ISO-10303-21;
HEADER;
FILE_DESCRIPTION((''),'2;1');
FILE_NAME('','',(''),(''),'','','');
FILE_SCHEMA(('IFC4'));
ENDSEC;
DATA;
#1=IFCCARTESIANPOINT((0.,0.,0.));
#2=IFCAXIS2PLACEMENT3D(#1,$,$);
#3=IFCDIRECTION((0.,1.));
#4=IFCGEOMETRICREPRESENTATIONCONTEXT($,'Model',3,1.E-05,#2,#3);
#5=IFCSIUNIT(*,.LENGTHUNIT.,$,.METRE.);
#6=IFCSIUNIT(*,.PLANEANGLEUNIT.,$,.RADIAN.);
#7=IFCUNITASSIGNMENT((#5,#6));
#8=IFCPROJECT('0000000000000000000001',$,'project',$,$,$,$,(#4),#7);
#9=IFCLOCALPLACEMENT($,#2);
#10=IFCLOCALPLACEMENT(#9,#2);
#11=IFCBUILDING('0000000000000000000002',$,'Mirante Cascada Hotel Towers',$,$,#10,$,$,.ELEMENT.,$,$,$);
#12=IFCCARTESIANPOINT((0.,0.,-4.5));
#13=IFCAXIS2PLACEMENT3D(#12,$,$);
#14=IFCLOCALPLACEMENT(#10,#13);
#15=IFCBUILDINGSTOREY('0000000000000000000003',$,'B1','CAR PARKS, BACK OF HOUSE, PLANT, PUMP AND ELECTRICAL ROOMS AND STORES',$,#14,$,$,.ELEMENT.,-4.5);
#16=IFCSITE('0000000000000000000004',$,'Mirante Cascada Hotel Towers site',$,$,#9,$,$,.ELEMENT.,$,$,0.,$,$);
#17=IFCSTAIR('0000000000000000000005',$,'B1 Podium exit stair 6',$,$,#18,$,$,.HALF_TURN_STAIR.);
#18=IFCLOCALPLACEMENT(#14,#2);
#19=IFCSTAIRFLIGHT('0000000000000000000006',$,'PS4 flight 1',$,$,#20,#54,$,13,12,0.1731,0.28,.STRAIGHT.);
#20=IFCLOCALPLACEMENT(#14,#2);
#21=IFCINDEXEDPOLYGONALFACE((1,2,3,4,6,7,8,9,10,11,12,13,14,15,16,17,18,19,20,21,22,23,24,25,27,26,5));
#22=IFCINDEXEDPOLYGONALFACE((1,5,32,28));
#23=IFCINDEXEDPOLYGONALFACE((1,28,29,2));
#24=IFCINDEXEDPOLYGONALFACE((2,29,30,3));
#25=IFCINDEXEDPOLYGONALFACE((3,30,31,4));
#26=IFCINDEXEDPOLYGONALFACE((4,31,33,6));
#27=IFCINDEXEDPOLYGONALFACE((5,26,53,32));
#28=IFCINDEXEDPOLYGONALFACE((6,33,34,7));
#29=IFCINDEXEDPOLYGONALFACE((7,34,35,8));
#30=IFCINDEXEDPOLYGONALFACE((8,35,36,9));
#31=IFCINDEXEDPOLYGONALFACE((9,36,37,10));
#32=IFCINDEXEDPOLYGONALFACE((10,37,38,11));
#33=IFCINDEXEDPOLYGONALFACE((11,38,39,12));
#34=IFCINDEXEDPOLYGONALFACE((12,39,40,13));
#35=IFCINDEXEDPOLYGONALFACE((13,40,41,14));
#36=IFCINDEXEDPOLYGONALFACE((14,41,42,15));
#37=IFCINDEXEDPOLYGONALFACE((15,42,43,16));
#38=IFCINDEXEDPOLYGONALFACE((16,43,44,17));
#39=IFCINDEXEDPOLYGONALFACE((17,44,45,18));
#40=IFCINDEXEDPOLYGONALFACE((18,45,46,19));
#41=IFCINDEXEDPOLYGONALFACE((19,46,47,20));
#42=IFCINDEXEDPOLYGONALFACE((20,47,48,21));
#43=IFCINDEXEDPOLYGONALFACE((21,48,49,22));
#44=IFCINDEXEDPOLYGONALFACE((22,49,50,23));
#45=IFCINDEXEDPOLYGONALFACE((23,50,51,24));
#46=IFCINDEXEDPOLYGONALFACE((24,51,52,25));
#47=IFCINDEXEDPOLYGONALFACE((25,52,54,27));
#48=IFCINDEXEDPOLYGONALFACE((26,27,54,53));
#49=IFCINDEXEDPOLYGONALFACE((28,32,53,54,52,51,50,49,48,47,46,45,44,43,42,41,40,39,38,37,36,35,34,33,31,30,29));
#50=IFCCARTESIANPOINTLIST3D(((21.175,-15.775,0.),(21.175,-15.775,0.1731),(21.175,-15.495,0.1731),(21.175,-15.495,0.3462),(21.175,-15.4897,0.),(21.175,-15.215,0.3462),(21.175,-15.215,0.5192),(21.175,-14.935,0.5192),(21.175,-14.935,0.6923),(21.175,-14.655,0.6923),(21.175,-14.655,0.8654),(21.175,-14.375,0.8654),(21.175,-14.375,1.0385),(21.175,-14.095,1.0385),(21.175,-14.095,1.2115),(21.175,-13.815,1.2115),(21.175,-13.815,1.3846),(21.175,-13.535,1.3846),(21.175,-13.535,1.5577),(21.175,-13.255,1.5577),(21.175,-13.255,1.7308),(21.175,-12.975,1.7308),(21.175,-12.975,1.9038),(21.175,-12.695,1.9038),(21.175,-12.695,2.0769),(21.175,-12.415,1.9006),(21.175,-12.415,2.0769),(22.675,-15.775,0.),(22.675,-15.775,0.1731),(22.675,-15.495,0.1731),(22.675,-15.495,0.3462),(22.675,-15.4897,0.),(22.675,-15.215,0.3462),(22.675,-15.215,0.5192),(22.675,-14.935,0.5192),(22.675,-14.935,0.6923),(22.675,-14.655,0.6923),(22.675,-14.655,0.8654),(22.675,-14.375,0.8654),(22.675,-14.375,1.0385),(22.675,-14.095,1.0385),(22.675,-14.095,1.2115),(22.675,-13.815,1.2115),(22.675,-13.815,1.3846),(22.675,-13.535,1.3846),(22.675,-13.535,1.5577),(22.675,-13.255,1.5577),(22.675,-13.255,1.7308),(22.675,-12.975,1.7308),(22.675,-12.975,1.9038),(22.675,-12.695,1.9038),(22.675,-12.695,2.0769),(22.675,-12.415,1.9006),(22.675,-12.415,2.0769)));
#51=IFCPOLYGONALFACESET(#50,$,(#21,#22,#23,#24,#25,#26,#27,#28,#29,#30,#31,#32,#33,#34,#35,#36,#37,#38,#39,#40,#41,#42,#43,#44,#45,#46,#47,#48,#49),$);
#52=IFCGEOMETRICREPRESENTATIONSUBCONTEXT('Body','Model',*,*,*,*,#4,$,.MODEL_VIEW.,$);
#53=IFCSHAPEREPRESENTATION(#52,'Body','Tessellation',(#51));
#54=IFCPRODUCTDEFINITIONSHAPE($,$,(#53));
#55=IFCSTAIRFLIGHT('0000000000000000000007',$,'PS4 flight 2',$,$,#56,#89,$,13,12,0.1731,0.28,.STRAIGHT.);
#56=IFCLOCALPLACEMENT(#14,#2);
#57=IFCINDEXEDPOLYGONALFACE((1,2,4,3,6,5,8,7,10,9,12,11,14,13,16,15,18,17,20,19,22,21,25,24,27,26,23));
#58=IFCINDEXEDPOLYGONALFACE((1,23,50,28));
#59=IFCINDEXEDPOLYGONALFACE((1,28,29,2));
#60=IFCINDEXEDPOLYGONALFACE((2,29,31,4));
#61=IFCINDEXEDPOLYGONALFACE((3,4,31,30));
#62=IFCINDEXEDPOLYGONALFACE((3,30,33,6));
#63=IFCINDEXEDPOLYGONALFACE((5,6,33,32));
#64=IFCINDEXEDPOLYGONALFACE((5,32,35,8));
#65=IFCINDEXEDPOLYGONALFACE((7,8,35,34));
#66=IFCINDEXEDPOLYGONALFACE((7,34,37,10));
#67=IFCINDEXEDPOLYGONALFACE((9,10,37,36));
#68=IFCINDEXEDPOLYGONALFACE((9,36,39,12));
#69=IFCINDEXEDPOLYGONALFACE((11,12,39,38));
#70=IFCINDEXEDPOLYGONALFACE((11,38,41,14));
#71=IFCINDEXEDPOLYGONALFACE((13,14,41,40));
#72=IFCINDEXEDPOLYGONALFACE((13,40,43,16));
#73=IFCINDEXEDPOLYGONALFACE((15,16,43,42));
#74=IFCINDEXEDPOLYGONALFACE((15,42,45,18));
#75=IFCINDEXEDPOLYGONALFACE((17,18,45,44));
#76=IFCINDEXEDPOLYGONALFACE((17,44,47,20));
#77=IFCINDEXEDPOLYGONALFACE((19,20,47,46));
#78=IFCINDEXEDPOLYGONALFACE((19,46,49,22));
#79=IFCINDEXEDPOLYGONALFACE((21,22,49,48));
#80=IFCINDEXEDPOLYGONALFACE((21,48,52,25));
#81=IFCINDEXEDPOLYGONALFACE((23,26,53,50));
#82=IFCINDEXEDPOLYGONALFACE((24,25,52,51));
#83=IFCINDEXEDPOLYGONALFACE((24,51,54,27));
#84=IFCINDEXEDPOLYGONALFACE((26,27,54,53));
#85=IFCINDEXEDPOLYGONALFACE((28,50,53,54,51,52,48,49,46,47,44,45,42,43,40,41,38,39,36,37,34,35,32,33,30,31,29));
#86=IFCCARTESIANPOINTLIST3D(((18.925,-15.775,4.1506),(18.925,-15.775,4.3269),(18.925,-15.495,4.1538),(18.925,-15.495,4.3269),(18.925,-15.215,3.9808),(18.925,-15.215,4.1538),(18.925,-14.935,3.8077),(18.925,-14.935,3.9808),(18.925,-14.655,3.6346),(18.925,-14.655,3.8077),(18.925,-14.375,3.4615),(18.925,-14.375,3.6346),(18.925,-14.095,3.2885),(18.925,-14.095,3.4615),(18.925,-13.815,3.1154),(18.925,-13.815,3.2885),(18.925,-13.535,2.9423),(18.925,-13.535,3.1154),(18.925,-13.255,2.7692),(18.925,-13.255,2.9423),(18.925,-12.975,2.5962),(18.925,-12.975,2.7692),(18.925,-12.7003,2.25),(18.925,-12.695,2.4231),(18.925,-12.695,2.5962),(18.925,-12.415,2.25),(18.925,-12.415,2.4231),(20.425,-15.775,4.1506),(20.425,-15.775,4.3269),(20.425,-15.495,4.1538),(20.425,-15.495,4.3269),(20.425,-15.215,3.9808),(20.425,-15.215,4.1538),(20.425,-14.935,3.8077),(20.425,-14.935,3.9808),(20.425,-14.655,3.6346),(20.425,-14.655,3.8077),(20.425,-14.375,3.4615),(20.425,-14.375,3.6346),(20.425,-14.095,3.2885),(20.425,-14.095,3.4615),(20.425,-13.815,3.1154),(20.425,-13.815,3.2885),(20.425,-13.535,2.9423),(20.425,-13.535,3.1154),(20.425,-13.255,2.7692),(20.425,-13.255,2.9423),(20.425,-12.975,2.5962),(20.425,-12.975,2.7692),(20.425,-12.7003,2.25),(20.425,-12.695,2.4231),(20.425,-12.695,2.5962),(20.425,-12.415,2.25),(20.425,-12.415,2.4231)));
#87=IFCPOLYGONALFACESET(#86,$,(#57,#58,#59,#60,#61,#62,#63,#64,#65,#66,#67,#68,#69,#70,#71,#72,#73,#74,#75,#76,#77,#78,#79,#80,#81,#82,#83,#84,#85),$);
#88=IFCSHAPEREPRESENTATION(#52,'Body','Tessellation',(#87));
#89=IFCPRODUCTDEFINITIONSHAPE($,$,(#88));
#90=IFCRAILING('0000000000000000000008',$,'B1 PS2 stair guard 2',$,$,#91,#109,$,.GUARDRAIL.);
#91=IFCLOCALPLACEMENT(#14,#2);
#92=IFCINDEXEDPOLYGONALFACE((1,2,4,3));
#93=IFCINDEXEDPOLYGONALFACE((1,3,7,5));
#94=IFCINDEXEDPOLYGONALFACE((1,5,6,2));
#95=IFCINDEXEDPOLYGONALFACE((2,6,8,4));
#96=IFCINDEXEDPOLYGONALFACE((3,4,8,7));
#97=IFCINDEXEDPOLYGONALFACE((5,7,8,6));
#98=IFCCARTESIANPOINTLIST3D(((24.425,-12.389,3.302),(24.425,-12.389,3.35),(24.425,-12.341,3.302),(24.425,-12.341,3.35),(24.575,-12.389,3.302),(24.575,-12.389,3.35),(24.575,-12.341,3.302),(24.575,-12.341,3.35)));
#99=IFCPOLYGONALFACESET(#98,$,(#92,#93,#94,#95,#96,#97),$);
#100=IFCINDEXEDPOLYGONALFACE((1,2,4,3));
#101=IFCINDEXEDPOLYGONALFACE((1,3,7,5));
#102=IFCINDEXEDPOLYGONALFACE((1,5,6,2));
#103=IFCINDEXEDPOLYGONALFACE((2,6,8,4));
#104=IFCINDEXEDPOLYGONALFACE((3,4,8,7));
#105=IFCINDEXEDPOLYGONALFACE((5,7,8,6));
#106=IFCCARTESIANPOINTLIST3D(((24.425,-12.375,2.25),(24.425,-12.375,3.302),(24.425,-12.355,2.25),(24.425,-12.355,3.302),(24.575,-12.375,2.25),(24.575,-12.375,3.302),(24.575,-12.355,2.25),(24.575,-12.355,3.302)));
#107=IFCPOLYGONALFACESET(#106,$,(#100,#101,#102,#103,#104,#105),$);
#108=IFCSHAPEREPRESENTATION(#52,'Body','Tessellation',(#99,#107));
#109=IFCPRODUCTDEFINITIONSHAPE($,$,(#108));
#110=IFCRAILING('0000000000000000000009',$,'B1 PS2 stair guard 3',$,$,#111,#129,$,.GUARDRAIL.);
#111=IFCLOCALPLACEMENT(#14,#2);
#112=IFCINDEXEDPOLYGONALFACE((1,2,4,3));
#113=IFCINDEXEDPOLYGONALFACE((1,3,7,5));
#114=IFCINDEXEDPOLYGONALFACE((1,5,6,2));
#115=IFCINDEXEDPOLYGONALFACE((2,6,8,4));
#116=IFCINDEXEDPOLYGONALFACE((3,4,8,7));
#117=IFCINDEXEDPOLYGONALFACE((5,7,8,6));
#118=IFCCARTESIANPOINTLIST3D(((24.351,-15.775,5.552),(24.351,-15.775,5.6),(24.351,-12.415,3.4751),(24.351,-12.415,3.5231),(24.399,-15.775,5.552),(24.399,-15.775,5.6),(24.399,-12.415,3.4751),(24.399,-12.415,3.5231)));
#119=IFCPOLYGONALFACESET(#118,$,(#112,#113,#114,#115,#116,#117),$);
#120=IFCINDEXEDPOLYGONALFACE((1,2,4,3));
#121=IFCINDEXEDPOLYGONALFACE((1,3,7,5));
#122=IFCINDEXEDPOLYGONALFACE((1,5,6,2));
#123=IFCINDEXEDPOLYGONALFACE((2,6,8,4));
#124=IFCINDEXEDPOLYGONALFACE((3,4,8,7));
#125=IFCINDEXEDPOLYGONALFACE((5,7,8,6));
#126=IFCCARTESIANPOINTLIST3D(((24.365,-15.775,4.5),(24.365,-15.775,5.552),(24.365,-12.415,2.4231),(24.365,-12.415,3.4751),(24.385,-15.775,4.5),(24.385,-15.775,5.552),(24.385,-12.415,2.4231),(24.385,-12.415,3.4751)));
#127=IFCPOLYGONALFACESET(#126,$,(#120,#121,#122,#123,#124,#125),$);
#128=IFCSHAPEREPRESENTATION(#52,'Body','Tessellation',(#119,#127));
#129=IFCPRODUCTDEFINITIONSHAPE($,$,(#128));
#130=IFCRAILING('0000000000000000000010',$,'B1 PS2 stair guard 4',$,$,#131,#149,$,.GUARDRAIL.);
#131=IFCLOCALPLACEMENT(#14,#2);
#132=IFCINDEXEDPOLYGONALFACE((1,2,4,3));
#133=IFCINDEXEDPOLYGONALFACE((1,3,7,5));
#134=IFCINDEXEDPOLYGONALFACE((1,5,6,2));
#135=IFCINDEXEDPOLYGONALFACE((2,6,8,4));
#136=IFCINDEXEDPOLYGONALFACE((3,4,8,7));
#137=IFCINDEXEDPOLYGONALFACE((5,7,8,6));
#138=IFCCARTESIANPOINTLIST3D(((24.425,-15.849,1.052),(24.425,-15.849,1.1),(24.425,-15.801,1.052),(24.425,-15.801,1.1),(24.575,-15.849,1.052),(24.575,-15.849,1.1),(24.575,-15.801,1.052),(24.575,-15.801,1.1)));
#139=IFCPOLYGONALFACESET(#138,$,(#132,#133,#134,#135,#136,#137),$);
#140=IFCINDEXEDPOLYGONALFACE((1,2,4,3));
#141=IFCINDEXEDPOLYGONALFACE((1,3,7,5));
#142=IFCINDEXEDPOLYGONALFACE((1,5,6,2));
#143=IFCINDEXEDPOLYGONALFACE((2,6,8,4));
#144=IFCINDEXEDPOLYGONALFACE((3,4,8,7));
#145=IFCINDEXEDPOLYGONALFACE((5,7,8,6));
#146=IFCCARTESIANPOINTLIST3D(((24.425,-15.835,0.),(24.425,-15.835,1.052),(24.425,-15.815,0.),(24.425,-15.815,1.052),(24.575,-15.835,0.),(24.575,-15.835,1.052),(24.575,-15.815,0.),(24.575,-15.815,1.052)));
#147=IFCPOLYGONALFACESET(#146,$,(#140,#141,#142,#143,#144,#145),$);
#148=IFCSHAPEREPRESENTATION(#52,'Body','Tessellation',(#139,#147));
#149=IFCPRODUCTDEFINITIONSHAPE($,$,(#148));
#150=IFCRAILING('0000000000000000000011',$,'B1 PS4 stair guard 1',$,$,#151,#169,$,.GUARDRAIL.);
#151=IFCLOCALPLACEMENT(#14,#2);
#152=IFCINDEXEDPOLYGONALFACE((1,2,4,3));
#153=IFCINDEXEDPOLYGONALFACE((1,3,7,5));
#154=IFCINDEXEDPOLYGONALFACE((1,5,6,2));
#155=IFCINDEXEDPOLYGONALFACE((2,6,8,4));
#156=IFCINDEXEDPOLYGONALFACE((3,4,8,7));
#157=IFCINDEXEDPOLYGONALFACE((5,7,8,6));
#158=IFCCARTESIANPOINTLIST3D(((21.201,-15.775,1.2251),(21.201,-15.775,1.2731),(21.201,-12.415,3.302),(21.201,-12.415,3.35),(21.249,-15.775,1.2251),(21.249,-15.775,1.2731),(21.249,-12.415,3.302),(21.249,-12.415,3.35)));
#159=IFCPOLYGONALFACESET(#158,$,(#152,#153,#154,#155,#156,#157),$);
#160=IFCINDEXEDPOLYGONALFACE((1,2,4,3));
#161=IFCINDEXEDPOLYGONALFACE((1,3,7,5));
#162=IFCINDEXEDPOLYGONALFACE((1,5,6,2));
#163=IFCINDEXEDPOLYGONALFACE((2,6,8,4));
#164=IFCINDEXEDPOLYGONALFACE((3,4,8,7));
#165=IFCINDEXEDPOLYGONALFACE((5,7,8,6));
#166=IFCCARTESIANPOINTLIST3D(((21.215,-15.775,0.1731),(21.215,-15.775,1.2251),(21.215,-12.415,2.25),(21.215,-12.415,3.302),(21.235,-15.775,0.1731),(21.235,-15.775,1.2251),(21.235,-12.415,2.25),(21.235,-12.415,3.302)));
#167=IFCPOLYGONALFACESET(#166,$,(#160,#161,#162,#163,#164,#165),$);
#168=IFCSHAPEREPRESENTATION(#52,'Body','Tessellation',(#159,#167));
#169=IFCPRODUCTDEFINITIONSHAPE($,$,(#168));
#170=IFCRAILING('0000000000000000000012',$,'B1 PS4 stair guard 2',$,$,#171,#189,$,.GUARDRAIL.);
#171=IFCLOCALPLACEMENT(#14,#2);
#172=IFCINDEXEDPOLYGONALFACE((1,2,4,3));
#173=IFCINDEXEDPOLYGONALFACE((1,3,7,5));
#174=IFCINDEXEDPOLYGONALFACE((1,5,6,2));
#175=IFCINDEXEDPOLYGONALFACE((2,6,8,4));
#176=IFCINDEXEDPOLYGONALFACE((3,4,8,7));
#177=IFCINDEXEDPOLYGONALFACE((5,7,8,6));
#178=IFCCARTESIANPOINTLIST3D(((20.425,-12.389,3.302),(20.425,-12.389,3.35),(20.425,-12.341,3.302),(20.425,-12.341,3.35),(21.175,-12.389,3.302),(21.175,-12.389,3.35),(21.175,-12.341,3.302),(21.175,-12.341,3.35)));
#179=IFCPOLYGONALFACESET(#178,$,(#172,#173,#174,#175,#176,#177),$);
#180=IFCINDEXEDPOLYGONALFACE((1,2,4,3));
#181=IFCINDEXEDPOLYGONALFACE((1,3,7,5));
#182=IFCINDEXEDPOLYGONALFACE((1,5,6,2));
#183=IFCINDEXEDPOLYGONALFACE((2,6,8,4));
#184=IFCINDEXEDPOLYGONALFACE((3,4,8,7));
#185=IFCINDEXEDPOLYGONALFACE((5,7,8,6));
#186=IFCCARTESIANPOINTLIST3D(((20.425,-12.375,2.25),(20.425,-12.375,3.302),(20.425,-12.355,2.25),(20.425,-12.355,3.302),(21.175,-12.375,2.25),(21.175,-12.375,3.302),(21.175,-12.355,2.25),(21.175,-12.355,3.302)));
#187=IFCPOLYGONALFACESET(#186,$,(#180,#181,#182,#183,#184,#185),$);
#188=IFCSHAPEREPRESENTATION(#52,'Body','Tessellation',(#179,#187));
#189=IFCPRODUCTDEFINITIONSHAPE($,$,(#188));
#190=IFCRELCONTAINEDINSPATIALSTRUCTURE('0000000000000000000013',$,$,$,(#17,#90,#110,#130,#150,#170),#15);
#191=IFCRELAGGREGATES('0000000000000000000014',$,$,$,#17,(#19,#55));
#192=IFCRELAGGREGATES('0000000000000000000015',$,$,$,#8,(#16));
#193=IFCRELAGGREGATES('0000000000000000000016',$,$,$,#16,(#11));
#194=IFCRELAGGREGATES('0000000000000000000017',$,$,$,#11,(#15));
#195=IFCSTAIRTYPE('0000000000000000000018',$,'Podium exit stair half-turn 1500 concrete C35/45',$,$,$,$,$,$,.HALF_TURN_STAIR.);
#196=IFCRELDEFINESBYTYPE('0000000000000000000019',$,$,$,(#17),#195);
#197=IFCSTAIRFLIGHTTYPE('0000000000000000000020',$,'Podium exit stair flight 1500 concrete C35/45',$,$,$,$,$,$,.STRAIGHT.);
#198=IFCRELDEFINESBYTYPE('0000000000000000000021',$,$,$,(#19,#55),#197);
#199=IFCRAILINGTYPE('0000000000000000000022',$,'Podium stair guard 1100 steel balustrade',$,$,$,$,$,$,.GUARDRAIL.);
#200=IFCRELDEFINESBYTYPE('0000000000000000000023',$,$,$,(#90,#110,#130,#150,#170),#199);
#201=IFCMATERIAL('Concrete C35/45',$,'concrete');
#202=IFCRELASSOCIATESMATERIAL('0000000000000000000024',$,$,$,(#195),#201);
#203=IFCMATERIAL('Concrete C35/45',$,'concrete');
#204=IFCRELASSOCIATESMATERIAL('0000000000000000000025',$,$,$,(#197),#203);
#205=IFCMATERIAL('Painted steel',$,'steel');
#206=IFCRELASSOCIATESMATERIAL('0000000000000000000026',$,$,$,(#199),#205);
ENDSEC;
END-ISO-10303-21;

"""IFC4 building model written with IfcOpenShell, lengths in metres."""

from ifc_helpers import new_model, si_unit, direction, frame, origin, origin_2d, place, context, subcontext, project, spatial, polyline, rectangle, outline, extrude, material, type_object, element, aggregate, save


model = new_model("IFC4")

# Units and contexts
model_context = context("Model", 3, precision=1e-05, world=origin(), true_north=direction((0.0, 1.0)))
body_context = subcontext(model_context, "Body", "Model", "MODEL_VIEW")
ifc_project = project(units=[si_unit("LENGTHUNIT", "METRE"), si_unit("PLANEANGLEUNIT", "RADIAN")], contexts=[model_context])

# Site, building, storey
site_placement = place(None, origin())
site = spatial("IfcSite", under=ifc_project, at=site_placement, Name="Mirante Cascada Hotel Towers site", CompositionType="ELEMENT", RefElevation=0.0)
building_placement = place(site_placement, origin())
building = spatial("IfcBuilding", under=site, at=building_placement, Name="Mirante Cascada Hotel Towers", CompositionType="ELEMENT")
storey_placement = place(building_placement, frame((0.0, 0.0, -4.5)))
storey = spatial("IfcBuildingStorey", under=building, at=storey_placement, Name="B1", Description="CAR PARKS, BACK OF HOUSE, PLANT, PUMP AND ELECTRICAL ROOMS AND STORES", CompositionType="ELEMENT", Elevation=-4.5)

# Shared definitions
ifc_material_1 = material(Name="Concrete C35/45", Category="concrete")
stair_type = type_object("IfcStairType", Name="Podium exit stair half-turn 1500 concrete C35/45", PredefinedType="HALF_TURN_STAIR", material=ifc_material_1)
ifc_material_2 = material(Name="Concrete C35/45", Category="concrete")
stair_flight_type = type_object("IfcStairFlightType", Name="Podium exit stair flight 1500 concrete C35/45", PredefinedType="STRAIGHT", material=ifc_material_2)

# Stair, stair flights
stair_1_placement = place(storey_placement, origin())
stair_1 = element("IfcStair", 1, at=stair_1_placement, inside=storey, type_object=stair_type, Name="B1 Podium exit stair 6", PredefinedType="HALF_TURN_STAIR")
stair_flight_1_placement = place(storey_placement, frame((21.925, -15.775, 0.0), z_axis=(0.0, 0.0, 1.0), x_axis=(0.0, 1.0, 0.0)))
stair_flight_1 = element("IfcStairFlight", 2, at=stair_flight_1_placement, type_object=stair_flight_type, Name="PS4 flight 1", NumberOfRisers=13, NumberOfTreads=12, PredefinedType="STRAIGHT", RiserHeight=0.1731, TreadLength=0.28, context=body_context, shape_type="SweptSolid", body=[
    extrude(outline(polyline([(0.0, 0.0), (0.0, 0.1731), (0.28, 0.1731), (0.28, 0.3462), (0.56, 0.3462), (0.56, 0.5192), (0.84, 0.5192), (0.84, 0.6923), (1.12, 0.6923), (1.12, 0.8654), (1.4, 0.8654), (1.4, 1.0385), (1.68, 1.0385), (1.68, 1.2115), (1.96, 1.2115), (1.96, 1.3846), (2.24, 1.3846), (2.24, 1.5577), (2.52, 1.5577), (2.52, 1.7308), (2.8, 1.7308), (2.8, 1.9038), (3.08, 1.9038), (3.08, 2.0769), (3.36, 2.0769), (3.36, 2.25), (3.36, 1.9006), (0.2853, 0.0), (0.0, 0.0)])), frame((0.0, 0.75, 0.0), z_axis=(0.0, -1.0, 0.0), x_axis=(1.0, 0.0, 0.0)), (0.0, 0.0, 1.0), 1.5),
])
stair_flight_2_placement = place(storey_placement, frame((19.675, -12.415, 2.25), z_axis=(0.0, 0.0, 1.0), x_axis=(0.0, -1.0, 0.0)))
stair_flight_2 = element("IfcStairFlight", 3, at=stair_flight_2_placement, type_object=stair_flight_type, Name="PS4 flight 2", NumberOfRisers=13, NumberOfTreads=12, PredefinedType="STRAIGHT", RiserHeight=0.1731, TreadLength=0.28, context=body_context, shape_type="SweptSolid", body=[
    extrude(outline(polyline([(0.0, 0.0), (0.0, 0.1731), (0.28, 0.1731), (0.28, 0.3462), (0.56, 0.3462), (0.56, 0.5192), (0.84, 0.5192), (0.84, 0.6923), (1.12, 0.6923), (1.12, 0.8654), (1.4, 0.8654), (1.4, 1.0385), (1.68, 1.0385), (1.68, 1.2115), (1.96, 1.2115), (1.96, 1.3846), (2.24, 1.3846), (2.24, 1.5577), (2.52, 1.5577), (2.52, 1.7308), (2.8, 1.7308), (2.8, 1.9038), (3.08, 1.9038), (3.08, 2.0769), (3.36, 2.0769), (3.36, 2.25), (3.36, 1.9006), (0.2853, 0.0), (0.0, 0.0)])), frame((0.0, 0.75, 0.0), z_axis=(0.0, -1.0, 0.0), x_axis=(1.0, 0.0, 0.0)), (0.0, 0.0, 1.0), 1.5),
])
aggregate(stair_1, [stair_flight_1, stair_flight_2])

# Railings
ifc_material_3 = material(Name="Painted steel", Category="steel")
railing_type_1 = type_object("IfcRailingType", Name="Podium stair guard 1100 steel balustrade", PredefinedType="GUARDRAIL", material=ifc_material_3)
railing_1_placement = place(storey_placement, frame((24.575, -12.365, 2.25)))
element("IfcRailing", 4, at=railing_1_placement, inside=storey, type_object=railing_type_1, Name="B1 PS2 stair guard 2", PredefinedType="GUARDRAIL", context=body_context, shape_type="SweptSolid", body=[
    extrude(rectangle(XDim=0.048, YDim=0.048, at=origin_2d()), frame((0.0, 0.0, 1.076), z_axis=(-1.0, 0.0, 0.0), x_axis=(0.0, -1.0, 0.0)), (0.0, 0.0, 1.0), 0.15),
    extrude(rectangle(XDim=0.02, YDim=1.052, at=origin_2d()), frame((0.0, 0.0, 0.526), z_axis=(-1.0, 0.0, 0.0), x_axis=(0.0, -1.0, 0.0)), (0.0, 0.0, 1.0), 0.15),
])
railing_2_placement = place(storey_placement, frame((24.375, -12.415, 2.4231)))
element("IfcRailing", 5, at=railing_2_placement, inside=storey, type_object=railing_type_1, Name="B1 PS2 stair guard 3", PredefinedType="GUARDRAIL", context=body_context, shape_type="SweptSolid", body=[
    extrude(rectangle(XDim=0.048, YDim=0.048, at=origin_2d()), frame((0.0, 0.0, 1.076), z_axis=(0.0, -1.0, 0.0), x_axis=(1.0, 0.0, 0.0)), (0.0, 0.525787, 0.850616), 3.9501),
    extrude(rectangle(XDim=0.02, YDim=1.052, at=origin_2d()), frame((0.0, 0.0, 0.526), z_axis=(0.0, -1.0, 0.0), x_axis=(1.0, 0.0, 0.0)), (0.0, 0.525787, 0.850616), 3.9501),
])
railing_3_placement = place(storey_placement, frame((24.575, -15.825, 0.0)))
element("IfcRailing", 6, at=railing_3_placement, inside=storey, type_object=railing_type_1, Name="B1 PS2 stair guard 4", PredefinedType="GUARDRAIL", context=body_context, shape_type="SweptSolid", body=[
    extrude(rectangle(XDim=0.048, YDim=0.048, at=origin_2d()), frame((0.0, 0.0, 1.076), z_axis=(-1.0, 0.0, 0.0), x_axis=(0.0, -1.0, 0.0)), (0.0, 0.0, 1.0), 0.15),
    extrude(rectangle(XDim=0.02, YDim=1.052, at=origin_2d()), frame((0.0, 0.0, 0.526), z_axis=(-1.0, 0.0, 0.0), x_axis=(0.0, -1.0, 0.0)), (0.0, 0.0, 1.0), 0.15),
])
railing_4_placement = place(storey_placement, frame((21.225, -15.775, 0.1731)))
element("IfcRailing", 7, at=railing_4_placement, inside=storey, type_object=railing_type_1, Name="B1 PS4 stair guard 1", PredefinedType="GUARDRAIL", context=body_context, shape_type="SweptSolid", body=[
    extrude(rectangle(XDim=0.048, YDim=0.048, at=origin_2d()), frame((0.0, 0.0, 1.076), z_axis=(0.0, 1.0, 0.0), x_axis=(-1.0, 0.0, 0.0)), (0.0, 0.525787, 0.850616), 3.9501),
    extrude(rectangle(XDim=0.02, YDim=1.052, at=origin_2d()), frame((0.0, 0.0, 0.526), z_axis=(0.0, 1.0, 0.0), x_axis=(-1.0, 0.0, 0.0)), (0.0, 0.525787, 0.850616), 3.9501),
])
railing_5_placement = place(storey_placement, frame((21.175, -12.365, 2.25)))
element("IfcRailing", 8, at=railing_5_placement, inside=storey, type_object=railing_type_1, Name="B1 PS4 stair guard 2", PredefinedType="GUARDRAIL", context=body_context, shape_type="SweptSolid", body=[
    extrude(rectangle(XDim=0.048, YDim=0.048, at=origin_2d()), frame((0.0, 0.0, 1.076), z_axis=(-1.0, 0.0, 0.0), x_axis=(0.0, -1.0, 0.0)), (0.0, 0.0, 1.0), 0.75),
    extrude(rectangle(XDim=0.02, YDim=1.052, at=origin_2d()), frame((0.0, 0.0, 0.526), z_axis=(-1.0, 0.0, 0.0), x_axis=(0.0, -1.0, 0.0)), (0.0, 0.0, 1.0), 0.75),
])

save(model, "model.ifc")
